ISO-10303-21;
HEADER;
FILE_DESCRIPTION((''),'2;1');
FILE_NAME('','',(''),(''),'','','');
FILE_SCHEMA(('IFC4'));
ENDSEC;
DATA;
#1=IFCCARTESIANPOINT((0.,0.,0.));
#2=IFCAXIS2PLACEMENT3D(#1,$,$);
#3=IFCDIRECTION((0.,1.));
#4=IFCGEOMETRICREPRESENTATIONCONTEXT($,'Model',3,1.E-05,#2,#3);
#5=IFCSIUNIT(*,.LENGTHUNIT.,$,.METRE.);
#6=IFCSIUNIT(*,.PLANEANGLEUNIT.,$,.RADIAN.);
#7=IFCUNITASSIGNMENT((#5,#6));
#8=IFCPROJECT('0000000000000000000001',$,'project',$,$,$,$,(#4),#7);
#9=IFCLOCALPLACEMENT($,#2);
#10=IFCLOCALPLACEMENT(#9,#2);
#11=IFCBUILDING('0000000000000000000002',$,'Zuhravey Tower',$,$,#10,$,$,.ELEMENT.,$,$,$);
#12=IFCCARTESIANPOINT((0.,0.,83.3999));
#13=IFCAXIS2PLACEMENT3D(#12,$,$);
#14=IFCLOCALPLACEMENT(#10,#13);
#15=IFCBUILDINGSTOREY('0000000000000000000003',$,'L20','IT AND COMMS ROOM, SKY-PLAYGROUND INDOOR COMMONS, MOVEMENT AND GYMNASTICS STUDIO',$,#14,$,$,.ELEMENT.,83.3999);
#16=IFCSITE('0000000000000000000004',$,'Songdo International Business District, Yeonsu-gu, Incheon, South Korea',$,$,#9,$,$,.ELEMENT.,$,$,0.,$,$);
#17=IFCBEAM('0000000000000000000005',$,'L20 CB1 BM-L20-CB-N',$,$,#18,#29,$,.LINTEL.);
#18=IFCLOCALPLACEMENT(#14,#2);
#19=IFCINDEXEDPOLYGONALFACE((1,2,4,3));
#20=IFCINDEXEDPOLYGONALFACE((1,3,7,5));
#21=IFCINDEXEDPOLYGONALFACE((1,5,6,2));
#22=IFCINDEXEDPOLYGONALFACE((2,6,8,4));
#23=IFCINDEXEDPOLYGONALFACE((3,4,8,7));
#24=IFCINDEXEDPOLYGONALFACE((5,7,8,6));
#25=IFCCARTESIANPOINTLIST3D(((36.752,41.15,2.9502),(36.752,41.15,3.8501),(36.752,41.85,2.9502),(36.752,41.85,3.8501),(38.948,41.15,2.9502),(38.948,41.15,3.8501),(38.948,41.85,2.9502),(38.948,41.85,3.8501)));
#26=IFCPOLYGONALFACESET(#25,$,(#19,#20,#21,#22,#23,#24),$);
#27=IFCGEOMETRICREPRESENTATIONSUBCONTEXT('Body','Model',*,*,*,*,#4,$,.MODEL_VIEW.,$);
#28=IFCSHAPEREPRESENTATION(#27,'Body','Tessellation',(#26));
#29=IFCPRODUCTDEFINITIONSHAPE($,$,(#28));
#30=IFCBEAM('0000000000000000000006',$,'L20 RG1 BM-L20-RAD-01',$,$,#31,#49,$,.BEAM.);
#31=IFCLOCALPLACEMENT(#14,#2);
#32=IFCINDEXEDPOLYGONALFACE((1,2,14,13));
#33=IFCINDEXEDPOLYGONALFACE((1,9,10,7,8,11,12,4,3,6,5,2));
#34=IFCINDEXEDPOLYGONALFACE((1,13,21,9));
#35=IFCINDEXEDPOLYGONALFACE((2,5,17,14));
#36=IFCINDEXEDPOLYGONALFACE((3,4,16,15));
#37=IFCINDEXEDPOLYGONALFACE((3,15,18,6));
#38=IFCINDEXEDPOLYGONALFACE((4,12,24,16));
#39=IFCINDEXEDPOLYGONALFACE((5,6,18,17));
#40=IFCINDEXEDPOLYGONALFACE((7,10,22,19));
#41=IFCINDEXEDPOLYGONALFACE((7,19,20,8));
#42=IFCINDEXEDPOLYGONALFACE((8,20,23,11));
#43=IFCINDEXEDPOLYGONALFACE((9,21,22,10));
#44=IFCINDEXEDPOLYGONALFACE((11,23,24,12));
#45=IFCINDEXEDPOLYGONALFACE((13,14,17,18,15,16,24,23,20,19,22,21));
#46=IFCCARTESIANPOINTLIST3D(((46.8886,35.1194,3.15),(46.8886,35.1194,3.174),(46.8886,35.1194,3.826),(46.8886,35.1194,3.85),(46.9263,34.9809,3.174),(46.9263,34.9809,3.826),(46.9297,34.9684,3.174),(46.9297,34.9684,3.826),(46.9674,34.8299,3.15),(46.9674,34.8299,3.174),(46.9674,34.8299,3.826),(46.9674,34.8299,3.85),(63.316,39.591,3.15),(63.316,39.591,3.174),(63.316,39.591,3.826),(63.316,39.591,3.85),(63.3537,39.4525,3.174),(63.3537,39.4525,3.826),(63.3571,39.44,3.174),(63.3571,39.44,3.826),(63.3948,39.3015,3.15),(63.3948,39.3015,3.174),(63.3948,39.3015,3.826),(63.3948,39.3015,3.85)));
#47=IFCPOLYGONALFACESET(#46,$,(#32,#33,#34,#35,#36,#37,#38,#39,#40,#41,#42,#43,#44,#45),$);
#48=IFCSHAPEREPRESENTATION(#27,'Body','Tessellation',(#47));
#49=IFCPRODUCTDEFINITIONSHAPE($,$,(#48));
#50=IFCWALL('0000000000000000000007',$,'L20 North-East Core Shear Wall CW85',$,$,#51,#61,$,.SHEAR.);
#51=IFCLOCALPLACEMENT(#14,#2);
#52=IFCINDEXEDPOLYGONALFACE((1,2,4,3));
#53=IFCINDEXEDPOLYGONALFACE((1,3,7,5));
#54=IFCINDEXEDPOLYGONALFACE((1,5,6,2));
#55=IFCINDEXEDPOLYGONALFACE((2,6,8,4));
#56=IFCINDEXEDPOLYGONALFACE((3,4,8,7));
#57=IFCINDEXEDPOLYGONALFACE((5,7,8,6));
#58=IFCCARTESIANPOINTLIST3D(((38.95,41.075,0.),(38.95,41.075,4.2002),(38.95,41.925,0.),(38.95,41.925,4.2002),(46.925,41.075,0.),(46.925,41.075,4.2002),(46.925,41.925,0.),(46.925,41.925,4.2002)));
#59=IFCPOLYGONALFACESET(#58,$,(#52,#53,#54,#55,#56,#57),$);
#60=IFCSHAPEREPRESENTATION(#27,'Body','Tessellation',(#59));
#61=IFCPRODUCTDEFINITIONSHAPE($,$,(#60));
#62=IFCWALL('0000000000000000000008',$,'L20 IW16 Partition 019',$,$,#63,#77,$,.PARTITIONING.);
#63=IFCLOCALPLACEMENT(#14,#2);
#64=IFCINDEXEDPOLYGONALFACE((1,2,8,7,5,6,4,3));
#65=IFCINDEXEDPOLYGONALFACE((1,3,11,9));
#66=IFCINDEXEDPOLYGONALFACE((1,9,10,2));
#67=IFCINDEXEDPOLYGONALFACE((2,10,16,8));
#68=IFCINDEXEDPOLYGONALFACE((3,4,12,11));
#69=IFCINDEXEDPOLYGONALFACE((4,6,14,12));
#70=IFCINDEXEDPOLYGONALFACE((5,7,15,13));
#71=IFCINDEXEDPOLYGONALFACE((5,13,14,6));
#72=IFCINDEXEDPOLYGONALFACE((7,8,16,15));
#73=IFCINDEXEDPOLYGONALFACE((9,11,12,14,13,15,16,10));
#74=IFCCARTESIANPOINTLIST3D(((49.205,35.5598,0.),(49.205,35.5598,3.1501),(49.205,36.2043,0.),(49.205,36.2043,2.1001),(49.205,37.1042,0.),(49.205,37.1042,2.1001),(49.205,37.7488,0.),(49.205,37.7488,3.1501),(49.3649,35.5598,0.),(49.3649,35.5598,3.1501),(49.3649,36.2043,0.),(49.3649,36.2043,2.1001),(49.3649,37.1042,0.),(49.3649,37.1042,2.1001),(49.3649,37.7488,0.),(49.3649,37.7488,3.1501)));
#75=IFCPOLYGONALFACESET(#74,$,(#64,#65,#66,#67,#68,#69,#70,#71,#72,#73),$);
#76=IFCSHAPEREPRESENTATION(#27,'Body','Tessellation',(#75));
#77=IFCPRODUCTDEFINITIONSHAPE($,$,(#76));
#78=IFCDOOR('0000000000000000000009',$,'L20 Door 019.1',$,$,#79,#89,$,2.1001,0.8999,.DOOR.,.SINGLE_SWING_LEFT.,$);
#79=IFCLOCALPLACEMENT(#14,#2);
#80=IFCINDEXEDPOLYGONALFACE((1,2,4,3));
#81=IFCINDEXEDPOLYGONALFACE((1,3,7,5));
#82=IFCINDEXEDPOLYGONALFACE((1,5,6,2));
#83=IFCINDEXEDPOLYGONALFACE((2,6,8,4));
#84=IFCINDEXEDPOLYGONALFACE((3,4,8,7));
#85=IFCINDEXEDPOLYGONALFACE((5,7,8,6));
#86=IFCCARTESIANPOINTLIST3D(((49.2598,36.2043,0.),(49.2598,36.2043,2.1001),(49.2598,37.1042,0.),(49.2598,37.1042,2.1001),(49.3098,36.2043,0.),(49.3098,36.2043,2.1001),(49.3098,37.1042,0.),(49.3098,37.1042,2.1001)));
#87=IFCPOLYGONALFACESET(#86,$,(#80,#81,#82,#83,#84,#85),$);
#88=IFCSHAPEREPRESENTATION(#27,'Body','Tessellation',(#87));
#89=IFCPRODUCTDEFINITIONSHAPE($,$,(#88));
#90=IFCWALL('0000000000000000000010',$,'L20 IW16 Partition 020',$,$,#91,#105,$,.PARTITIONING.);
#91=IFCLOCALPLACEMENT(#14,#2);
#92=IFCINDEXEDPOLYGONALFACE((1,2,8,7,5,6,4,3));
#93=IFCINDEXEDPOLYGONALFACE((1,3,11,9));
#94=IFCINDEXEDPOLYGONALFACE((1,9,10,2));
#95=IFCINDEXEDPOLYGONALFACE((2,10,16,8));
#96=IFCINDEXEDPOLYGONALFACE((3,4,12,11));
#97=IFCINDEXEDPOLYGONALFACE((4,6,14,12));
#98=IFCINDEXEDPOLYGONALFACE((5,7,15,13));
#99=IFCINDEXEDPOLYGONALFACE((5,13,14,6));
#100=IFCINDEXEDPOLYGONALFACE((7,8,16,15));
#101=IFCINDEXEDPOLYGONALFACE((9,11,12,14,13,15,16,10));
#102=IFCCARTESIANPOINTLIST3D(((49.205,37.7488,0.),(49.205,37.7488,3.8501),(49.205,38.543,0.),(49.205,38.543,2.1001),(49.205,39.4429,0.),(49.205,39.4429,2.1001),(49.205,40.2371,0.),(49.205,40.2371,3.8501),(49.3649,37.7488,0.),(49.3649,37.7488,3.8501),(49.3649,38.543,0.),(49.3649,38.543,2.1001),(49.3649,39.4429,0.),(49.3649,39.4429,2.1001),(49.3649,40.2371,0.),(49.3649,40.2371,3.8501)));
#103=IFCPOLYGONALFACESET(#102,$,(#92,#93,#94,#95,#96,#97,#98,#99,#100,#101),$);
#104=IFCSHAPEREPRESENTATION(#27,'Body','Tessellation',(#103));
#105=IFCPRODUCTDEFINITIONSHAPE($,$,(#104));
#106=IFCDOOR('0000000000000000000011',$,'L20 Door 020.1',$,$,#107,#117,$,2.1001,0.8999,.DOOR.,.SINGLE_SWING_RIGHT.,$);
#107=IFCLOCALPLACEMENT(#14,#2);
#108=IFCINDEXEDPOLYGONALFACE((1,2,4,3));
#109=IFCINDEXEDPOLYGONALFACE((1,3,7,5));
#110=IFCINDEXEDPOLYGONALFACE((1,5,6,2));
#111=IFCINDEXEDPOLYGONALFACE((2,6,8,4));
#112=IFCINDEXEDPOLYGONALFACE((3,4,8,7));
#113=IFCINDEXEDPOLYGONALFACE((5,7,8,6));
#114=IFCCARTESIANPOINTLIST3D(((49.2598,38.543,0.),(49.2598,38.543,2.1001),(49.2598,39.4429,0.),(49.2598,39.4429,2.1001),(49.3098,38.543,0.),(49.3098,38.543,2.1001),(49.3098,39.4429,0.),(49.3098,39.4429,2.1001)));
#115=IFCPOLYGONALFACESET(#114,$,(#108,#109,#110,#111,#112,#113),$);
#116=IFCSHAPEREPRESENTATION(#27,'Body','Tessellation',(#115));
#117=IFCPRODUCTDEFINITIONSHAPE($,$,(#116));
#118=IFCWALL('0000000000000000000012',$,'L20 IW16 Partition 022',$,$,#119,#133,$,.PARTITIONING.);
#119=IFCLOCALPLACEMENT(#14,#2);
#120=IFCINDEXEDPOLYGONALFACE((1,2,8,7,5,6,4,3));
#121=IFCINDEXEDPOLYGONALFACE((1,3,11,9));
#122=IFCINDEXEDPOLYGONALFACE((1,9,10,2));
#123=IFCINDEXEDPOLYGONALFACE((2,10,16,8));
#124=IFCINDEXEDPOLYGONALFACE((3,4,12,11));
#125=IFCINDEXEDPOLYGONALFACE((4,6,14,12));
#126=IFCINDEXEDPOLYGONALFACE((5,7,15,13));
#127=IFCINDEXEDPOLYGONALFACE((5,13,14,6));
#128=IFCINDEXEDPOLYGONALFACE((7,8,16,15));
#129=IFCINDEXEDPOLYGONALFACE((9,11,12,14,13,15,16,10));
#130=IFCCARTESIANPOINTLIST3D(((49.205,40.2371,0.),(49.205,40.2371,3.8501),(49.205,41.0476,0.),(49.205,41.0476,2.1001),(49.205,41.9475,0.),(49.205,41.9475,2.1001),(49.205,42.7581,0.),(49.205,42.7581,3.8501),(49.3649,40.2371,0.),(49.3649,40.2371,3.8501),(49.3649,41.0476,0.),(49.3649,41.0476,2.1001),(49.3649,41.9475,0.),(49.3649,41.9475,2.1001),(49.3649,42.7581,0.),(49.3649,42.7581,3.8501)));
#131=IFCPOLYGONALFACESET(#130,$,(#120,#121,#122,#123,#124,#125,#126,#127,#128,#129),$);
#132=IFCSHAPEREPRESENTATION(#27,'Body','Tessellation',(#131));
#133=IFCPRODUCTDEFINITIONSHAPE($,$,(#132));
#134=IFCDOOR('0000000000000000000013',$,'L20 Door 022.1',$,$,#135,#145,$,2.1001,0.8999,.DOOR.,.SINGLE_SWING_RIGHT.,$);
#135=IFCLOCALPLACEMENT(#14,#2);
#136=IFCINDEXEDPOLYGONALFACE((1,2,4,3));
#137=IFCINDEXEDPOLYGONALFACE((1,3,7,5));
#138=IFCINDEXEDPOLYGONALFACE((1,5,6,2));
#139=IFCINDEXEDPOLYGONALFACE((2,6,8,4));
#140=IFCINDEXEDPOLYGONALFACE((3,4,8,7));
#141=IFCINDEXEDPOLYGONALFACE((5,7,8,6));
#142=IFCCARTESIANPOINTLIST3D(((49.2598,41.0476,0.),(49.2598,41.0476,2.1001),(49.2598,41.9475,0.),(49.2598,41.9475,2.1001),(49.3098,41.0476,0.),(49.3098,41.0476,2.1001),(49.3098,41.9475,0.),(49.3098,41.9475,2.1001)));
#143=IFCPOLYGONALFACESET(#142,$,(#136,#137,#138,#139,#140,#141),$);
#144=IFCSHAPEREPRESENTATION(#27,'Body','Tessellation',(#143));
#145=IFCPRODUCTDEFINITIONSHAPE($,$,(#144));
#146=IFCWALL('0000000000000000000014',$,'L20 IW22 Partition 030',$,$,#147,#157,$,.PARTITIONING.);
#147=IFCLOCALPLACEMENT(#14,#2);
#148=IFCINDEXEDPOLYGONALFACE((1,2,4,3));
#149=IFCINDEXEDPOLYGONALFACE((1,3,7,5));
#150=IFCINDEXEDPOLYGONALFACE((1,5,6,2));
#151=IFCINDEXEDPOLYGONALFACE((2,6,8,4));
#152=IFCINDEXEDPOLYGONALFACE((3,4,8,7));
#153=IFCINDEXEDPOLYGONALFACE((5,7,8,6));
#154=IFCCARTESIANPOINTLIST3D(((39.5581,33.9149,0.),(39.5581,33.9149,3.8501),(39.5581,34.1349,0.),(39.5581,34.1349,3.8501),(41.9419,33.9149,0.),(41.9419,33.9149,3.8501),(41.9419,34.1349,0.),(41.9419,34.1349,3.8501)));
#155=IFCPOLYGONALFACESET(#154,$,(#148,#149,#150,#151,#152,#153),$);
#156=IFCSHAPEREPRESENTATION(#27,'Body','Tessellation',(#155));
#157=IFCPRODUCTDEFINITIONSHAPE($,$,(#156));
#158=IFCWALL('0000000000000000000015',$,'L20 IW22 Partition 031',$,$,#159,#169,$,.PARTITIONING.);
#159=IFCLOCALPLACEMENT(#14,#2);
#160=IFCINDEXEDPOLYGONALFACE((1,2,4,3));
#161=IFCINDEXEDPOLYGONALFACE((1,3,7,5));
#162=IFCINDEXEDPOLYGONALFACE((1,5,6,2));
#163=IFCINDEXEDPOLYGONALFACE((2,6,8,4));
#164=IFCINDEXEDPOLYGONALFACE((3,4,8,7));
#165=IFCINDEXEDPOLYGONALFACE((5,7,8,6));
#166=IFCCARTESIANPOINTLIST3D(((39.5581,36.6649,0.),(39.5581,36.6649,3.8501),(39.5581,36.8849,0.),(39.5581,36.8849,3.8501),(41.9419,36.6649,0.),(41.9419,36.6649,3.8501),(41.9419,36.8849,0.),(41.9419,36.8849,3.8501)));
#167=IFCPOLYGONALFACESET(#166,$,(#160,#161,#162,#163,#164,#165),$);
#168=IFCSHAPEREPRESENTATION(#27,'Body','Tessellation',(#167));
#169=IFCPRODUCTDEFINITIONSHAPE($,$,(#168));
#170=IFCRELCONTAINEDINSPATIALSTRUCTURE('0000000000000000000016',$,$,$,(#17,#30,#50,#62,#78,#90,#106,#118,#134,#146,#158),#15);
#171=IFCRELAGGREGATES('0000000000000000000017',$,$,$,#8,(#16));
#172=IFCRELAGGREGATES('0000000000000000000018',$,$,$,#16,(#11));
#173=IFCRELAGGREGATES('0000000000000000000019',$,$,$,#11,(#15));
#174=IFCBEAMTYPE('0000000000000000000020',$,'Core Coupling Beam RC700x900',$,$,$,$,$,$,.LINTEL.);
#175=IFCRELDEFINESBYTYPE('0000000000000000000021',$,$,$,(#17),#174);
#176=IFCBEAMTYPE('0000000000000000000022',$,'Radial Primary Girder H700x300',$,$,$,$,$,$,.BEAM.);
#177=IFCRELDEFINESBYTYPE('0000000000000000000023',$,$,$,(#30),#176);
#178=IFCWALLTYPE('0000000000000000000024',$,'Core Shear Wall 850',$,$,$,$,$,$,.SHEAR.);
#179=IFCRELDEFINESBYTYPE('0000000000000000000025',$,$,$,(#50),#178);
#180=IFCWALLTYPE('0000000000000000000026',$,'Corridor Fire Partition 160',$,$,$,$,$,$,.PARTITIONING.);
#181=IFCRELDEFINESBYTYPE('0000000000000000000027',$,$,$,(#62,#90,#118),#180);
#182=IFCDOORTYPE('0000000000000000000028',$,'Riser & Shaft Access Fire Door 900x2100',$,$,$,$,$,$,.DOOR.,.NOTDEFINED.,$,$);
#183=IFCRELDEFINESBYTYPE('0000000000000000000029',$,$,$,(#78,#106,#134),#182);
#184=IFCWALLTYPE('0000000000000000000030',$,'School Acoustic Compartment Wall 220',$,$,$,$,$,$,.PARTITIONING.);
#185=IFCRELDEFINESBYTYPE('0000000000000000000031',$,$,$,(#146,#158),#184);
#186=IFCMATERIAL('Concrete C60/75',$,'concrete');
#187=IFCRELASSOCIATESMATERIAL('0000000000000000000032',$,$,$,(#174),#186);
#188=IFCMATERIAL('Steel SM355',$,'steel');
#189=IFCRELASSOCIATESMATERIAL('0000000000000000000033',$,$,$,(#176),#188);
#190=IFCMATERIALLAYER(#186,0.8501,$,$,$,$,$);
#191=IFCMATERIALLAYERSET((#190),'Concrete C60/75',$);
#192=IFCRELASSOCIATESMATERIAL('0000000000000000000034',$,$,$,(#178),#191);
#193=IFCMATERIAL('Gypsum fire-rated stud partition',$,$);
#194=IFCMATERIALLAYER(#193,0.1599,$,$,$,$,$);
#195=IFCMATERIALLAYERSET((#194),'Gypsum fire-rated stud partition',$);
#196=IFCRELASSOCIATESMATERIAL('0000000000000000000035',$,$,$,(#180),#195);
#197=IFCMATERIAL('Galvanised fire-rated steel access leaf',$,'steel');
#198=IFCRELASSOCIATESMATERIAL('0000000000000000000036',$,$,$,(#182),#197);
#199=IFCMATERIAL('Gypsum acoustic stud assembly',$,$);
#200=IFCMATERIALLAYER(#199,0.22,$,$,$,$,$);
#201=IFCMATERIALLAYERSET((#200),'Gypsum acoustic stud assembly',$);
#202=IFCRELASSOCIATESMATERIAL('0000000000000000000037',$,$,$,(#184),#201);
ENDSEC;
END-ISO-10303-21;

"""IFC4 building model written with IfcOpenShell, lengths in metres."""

from ifc_helpers import new_model, si_unit, direction, frame, frame_2d, origin, origin_2d, place, context, subcontext, project, spatial, rectangle, i_section, extrude, material, layer, layer_set, material_profile, profile_set, type_object, element, fill, save


model = new_model("IFC4")

# Units and contexts
model_context = context("Model", 3, precision=1e-05, world=origin(), true_north=direction((0.0, 1.0)))
body_context = subcontext(model_context, "Body", "Model", "MODEL_VIEW")
ifc_project = project(units=[si_unit("LENGTHUNIT", "METRE"), si_unit("PLANEANGLEUNIT", "RADIAN")], contexts=[model_context])

# Site, building, storey
site_placement = place(None, origin())
site = spatial("IfcSite", under=ifc_project, at=site_placement, Name="Songdo International Business District, Yeonsu-gu, Incheon, South Korea", CompositionType="ELEMENT", RefElevation=0.0)
building_placement = place(site_placement, origin())
building = spatial("IfcBuilding", under=site, at=building_placement, Name="Zuhravey Tower", CompositionType="ELEMENT")
storey_placement = place(building_placement, frame((0.0, 0.0, 83.3999)))
storey = spatial("IfcBuildingStorey", under=building, at=storey_placement, Name="L20", Description="IT AND COMMS ROOM, SKY-PLAYGROUND INDOOR COMMONS, MOVEMENT AND GYMNASTICS STUDIO", CompositionType="ELEMENT", Elevation=83.3999)

# Beams
ifc_material_1 = material(Name="Concrete C60/75", Category="concrete")
ifc_material_profile_1 = material_profile(ifc_material_1, rectangle(XDim=0.7, YDim=0.8999, at=origin_2d()), Name="RC-700x900")
ifc_profile_set_1 = profile_set([ifc_material_profile_1], Name="Concrete C60/75")
beam_type_1 = type_object("IfcBeamType", Name="Core Coupling Beam RC700x900", PredefinedType="LINTEL", material=ifc_profile_set_1)
beam_1_placement = place(storey_placement, frame((36.752, 41.5, 3.4001), z_axis=(1.0, 0.0, 0.0), x_axis=(0.0, 1.0, 0.0)))
element("IfcBeam", 1, at=beam_1_placement, inside=storey, type_object=beam_type_1, Name="L20 CB1 BM-L20-CB-N", PredefinedType="LINTEL", context=body_context, shape_type="SweptSolid", body=[
    extrude(rectangle(XDim=0.7, YDim=0.8999, at=origin_2d()), origin(), (0.0, 0.0, 1.0), 2.196),
])
ifc_material_2 = material(Name="Steel SM355", Category="steel")
ifc_material_profile_2 = material_profile(ifc_material_2, i_section(OverallWidth=0.3, OverallDepth=0.7, WebThickness=0.0129, FlangeThickness=0.0239, at=origin_2d()), Name="H-700x300x13x24")
ifc_profile_set_2 = profile_set([ifc_material_profile_2], Name="Steel SM355")
beam_type_2 = type_object("IfcBeamType", Name="Radial Primary Girder H700x300", PredefinedType="BEAM", material=ifc_profile_set_2)
beam_2_placement = place(storey_placement, frame((46.928, 34.9746, 3.5), z_axis=(0.964891, 0.26265, 0.0), x_axis=(-0.26265, 0.964891, 0.0)))
element("IfcBeam", 2, at=beam_2_placement, inside=storey, type_object=beam_type_2, Name="L20 RG1 BM-L20-RAD-01", PredefinedType="BEAM", context=body_context, shape_type="SweptSolid", body=[
    extrude(i_section(OverallWidth=0.3, OverallDepth=0.7, WebThickness=0.0129, FlangeThickness=0.0239, at=origin_2d()), origin(), (0.0, 0.0, 1.0), 17.0251),
])

# Wall
ifc_layer_1 = layer(ifc_material_1, 0.8501)
ifc_layer_set_1 = layer_set([ifc_layer_1], Name="Concrete C60/75")
wall_type_1 = type_object("IfcWallType", Name="Core Shear Wall 850", PredefinedType="SHEAR", material=ifc_layer_set_1)
wall_1_placement = place(storey_placement, frame((46.925, 41.5, 0.0), z_axis=(0.0, 0.0, 1.0), x_axis=(-1.0, 0.0, 0.0)))
element("IfcWall", 3, at=wall_1_placement, inside=storey, type_object=wall_type_1, Name="L20 North-East Core Shear Wall CW85", PredefinedType="SHEAR", context=body_context, shape_type="SweptSolid", body=[
    extrude(rectangle(XDim=7.9751, YDim=0.8501, at=frame_2d((3.9875, 0.0))), origin(), (0.0, 0.0, 1.0), 4.2002),
])

# Walls, openings, doors
ifc_material_3 = material(Name="Gypsum fire-rated stud partition")
ifc_layer_2 = layer(ifc_material_3, 0.1599)
ifc_layer_set_2 = layer_set([ifc_layer_2], Name="Gypsum fire-rated stud partition")
wall_type_2 = type_object("IfcWallType", Name="Corridor Fire Partition 160", PredefinedType="PARTITIONING", material=ifc_layer_set_2)
wall_2_placement = place(storey_placement, frame((49.2849, 35.5598, 0.0), z_axis=(0.0, 0.0, 1.0), x_axis=(0.0, 1.0, 0.0)))
wall_2 = element("IfcWall", 4, at=wall_2_placement, inside=storey, type_object=wall_type_2, Name="L20 IW16 Partition 019", PredefinedType="PARTITIONING", context=body_context, shape_type="SweptSolid", body=[
    extrude(rectangle(XDim=2.189, YDim=0.1599, at=frame_2d((1.0945, 0.0))), origin(), (0.0, 0.0, 1.0), 3.1501),
])
opening_1_placement = place(wall_2_placement, frame((0.6445, 0.0, 0.0)))
opening_1 = element("IfcOpeningElement", 5, at=opening_1_placement, cuts=wall_2, PredefinedType="OPENING", context=body_context, shape_type="SweptSolid", body=[
    extrude(rectangle(XDim=0.8999, YDim=2.1001, at=frame_2d((0.45, 1.05))), frame((0.0, 0.092, 0.0), z_axis=(0.0, -1.0, 0.0), x_axis=(1.0, 0.0, 0.0)), (0.0, 0.0, 1.0), 0.1838),
])
ifc_material_4 = material(Name="Galvanised fire-rated steel access leaf", Category="steel")
door_type_1 = type_object("IfcDoorType", Name="Riser & Shaft Access Fire Door 900x2100", OperationType="NOTDEFINED", PredefinedType="DOOR", material=ifc_material_4)
door_1_placement = place(opening_1_placement, frame((0.8999, 0.0, 0.0), z_axis=(0.0, 0.0, 1.0), x_axis=(-1.0, 0.0, 0.0)))
door_1 = element("IfcDoor", 6, at=door_1_placement, inside=storey, type_object=door_type_1, Name="L20 Door 019.1", OperationType="SINGLE_SWING_LEFT", OverallHeight=2.1001, OverallWidth=0.8999, PredefinedType="DOOR", context=body_context, shape_type="SweptSolid", body=[
    extrude(rectangle(XDim=0.8999, YDim=2.1001, at=frame_2d((0.45, 1.05))), frame((0.0, 0.0249, 0.0), z_axis=(0.0, -1.0, 0.0), x_axis=(1.0, 0.0, 0.0)), (0.0, 0.0, 1.0), 0.05),
])
fill(opening_1, door_1)
wall_3_placement = place(storey_placement, frame((49.2849, 37.7488, 0.0), z_axis=(0.0, 0.0, 1.0), x_axis=(0.0, 1.0, 0.0)))
wall_3 = element("IfcWall", 7, at=wall_3_placement, inside=storey, type_object=wall_type_2, Name="L20 IW16 Partition 020", PredefinedType="PARTITIONING", context=body_context, shape_type="SweptSolid", body=[
    extrude(rectangle(XDim=2.4883, YDim=0.1599, at=frame_2d((1.2441, 0.0))), origin(), (0.0, 0.0, 1.0), 3.8501),
])
opening_2_placement = place(wall_3_placement, frame((0.7942, 0.0, 0.0)))
opening_2 = element("IfcOpeningElement", 8, at=opening_2_placement, cuts=wall_3, PredefinedType="OPENING", context=body_context, shape_type="SweptSolid", body=[
    extrude(rectangle(XDim=0.8999, YDim=2.1001, at=frame_2d((0.45, 1.05))), frame((0.0, 0.092, 0.0), z_axis=(0.0, -1.0, 0.0), x_axis=(1.0, 0.0, 0.0)), (0.0, 0.0, 1.0), 0.1838),
])
door_2_placement = place(opening_2_placement, frame((0.8999, 0.0, 0.0), z_axis=(0.0, 0.0, 1.0), x_axis=(-1.0, 0.0, 0.0)))
door_2 = element("IfcDoor", 9, at=door_2_placement, inside=storey, type_object=door_type_1, Name="L20 Door 020.1", OperationType="SINGLE_SWING_RIGHT", OverallHeight=2.1001, OverallWidth=0.8999, PredefinedType="DOOR", context=body_context, shape_type="SweptSolid", body=[
    extrude(rectangle(XDim=0.8999, YDim=2.1001, at=frame_2d((0.45, 1.05))), frame((0.0, 0.0249, 0.0), z_axis=(0.0, -1.0, 0.0), x_axis=(1.0, 0.0, 0.0)), (0.0, 0.0, 1.0), 0.05),
])
fill(opening_2, door_2)
wall_4_placement = place(storey_placement, frame((49.2849, 40.2371, 0.0), z_axis=(0.0, 0.0, 1.0), x_axis=(0.0, 1.0, 0.0)))
wall_4 = element("IfcWall", 10, at=wall_4_placement, inside=storey, type_object=wall_type_2, Name="L20 IW16 Partition 022", PredefinedType="PARTITIONING", context=body_context, shape_type="SweptSolid", body=[
    extrude(rectangle(XDim=2.521, YDim=0.1599, at=frame_2d((1.2605, 0.0))), origin(), (0.0, 0.0, 1.0), 3.8501),
])
opening_3_placement = place(wall_4_placement, frame((0.8105, 0.0, 0.0)))
opening_3 = element("IfcOpeningElement", 11, at=opening_3_placement, cuts=wall_4, PredefinedType="OPENING", context=body_context, shape_type="SweptSolid", body=[
    extrude(rectangle(XDim=0.8999, YDim=2.1001, at=frame_2d((0.45, 1.05))), frame((0.0, 0.092, 0.0), z_axis=(0.0, -1.0, 0.0), x_axis=(1.0, 0.0, 0.0)), (0.0, 0.0, 1.0), 0.1838),
])
door_3_placement = place(opening_3_placement, frame((0.8999, 0.0, 0.0), z_axis=(0.0, 0.0, 1.0), x_axis=(-1.0, 0.0, 0.0)))
door_3 = element("IfcDoor", 12, at=door_3_placement, inside=storey, type_object=door_type_1, Name="L20 Door 022.1", OperationType="SINGLE_SWING_RIGHT", OverallHeight=2.1001, OverallWidth=0.8999, PredefinedType="DOOR", context=body_context, shape_type="SweptSolid", body=[
    extrude(rectangle(XDim=0.8999, YDim=2.1001, at=frame_2d((0.45, 1.05))), frame((0.0, 0.0249, 0.0), z_axis=(0.0, -1.0, 0.0), x_axis=(1.0, 0.0, 0.0)), (0.0, 0.0, 1.0), 0.05),
])
fill(opening_3, door_3)

# Walls
ifc_material_5 = material(Name="Gypsum acoustic stud assembly")
ifc_layer_3 = layer(ifc_material_5, 0.22)
ifc_layer_set_3 = layer_set([ifc_layer_3], Name="Gypsum acoustic stud assembly")
wall_type_3 = type_object("IfcWallType", Name="School Acoustic Compartment Wall 220", PredefinedType="PARTITIONING", material=ifc_layer_set_3)
for number, where, z_axis, x_axis, name in (
    (13, (39.5581, 34.0249, 0.0), (0.0, 0.0, 1.0), (1.0, 0.0, 0.0), "L20 IW22 Partition 030"),
    (14, (39.5581, 36.7749, 0.0), (0.0, 0.0, 1.0), (1.0, 0.0, 0.0), "L20 IW22 Partition 031"),
):
    element("IfcWall", number, at=place(storey_placement, frame(where, z_axis=z_axis, x_axis=x_axis)), inside=storey, type_object=wall_type_3, Name=name, PredefinedType="PARTITIONING", context=body_context, shape_type="SweptSolid", body=[
        extrude(rectangle(XDim=2.3838, YDim=0.22, at=frame_2d((1.1919, 0.0))), origin(), (0.0, 0.0, 1.0), 3.8501),
    ])

save(model, "model.ifc")
